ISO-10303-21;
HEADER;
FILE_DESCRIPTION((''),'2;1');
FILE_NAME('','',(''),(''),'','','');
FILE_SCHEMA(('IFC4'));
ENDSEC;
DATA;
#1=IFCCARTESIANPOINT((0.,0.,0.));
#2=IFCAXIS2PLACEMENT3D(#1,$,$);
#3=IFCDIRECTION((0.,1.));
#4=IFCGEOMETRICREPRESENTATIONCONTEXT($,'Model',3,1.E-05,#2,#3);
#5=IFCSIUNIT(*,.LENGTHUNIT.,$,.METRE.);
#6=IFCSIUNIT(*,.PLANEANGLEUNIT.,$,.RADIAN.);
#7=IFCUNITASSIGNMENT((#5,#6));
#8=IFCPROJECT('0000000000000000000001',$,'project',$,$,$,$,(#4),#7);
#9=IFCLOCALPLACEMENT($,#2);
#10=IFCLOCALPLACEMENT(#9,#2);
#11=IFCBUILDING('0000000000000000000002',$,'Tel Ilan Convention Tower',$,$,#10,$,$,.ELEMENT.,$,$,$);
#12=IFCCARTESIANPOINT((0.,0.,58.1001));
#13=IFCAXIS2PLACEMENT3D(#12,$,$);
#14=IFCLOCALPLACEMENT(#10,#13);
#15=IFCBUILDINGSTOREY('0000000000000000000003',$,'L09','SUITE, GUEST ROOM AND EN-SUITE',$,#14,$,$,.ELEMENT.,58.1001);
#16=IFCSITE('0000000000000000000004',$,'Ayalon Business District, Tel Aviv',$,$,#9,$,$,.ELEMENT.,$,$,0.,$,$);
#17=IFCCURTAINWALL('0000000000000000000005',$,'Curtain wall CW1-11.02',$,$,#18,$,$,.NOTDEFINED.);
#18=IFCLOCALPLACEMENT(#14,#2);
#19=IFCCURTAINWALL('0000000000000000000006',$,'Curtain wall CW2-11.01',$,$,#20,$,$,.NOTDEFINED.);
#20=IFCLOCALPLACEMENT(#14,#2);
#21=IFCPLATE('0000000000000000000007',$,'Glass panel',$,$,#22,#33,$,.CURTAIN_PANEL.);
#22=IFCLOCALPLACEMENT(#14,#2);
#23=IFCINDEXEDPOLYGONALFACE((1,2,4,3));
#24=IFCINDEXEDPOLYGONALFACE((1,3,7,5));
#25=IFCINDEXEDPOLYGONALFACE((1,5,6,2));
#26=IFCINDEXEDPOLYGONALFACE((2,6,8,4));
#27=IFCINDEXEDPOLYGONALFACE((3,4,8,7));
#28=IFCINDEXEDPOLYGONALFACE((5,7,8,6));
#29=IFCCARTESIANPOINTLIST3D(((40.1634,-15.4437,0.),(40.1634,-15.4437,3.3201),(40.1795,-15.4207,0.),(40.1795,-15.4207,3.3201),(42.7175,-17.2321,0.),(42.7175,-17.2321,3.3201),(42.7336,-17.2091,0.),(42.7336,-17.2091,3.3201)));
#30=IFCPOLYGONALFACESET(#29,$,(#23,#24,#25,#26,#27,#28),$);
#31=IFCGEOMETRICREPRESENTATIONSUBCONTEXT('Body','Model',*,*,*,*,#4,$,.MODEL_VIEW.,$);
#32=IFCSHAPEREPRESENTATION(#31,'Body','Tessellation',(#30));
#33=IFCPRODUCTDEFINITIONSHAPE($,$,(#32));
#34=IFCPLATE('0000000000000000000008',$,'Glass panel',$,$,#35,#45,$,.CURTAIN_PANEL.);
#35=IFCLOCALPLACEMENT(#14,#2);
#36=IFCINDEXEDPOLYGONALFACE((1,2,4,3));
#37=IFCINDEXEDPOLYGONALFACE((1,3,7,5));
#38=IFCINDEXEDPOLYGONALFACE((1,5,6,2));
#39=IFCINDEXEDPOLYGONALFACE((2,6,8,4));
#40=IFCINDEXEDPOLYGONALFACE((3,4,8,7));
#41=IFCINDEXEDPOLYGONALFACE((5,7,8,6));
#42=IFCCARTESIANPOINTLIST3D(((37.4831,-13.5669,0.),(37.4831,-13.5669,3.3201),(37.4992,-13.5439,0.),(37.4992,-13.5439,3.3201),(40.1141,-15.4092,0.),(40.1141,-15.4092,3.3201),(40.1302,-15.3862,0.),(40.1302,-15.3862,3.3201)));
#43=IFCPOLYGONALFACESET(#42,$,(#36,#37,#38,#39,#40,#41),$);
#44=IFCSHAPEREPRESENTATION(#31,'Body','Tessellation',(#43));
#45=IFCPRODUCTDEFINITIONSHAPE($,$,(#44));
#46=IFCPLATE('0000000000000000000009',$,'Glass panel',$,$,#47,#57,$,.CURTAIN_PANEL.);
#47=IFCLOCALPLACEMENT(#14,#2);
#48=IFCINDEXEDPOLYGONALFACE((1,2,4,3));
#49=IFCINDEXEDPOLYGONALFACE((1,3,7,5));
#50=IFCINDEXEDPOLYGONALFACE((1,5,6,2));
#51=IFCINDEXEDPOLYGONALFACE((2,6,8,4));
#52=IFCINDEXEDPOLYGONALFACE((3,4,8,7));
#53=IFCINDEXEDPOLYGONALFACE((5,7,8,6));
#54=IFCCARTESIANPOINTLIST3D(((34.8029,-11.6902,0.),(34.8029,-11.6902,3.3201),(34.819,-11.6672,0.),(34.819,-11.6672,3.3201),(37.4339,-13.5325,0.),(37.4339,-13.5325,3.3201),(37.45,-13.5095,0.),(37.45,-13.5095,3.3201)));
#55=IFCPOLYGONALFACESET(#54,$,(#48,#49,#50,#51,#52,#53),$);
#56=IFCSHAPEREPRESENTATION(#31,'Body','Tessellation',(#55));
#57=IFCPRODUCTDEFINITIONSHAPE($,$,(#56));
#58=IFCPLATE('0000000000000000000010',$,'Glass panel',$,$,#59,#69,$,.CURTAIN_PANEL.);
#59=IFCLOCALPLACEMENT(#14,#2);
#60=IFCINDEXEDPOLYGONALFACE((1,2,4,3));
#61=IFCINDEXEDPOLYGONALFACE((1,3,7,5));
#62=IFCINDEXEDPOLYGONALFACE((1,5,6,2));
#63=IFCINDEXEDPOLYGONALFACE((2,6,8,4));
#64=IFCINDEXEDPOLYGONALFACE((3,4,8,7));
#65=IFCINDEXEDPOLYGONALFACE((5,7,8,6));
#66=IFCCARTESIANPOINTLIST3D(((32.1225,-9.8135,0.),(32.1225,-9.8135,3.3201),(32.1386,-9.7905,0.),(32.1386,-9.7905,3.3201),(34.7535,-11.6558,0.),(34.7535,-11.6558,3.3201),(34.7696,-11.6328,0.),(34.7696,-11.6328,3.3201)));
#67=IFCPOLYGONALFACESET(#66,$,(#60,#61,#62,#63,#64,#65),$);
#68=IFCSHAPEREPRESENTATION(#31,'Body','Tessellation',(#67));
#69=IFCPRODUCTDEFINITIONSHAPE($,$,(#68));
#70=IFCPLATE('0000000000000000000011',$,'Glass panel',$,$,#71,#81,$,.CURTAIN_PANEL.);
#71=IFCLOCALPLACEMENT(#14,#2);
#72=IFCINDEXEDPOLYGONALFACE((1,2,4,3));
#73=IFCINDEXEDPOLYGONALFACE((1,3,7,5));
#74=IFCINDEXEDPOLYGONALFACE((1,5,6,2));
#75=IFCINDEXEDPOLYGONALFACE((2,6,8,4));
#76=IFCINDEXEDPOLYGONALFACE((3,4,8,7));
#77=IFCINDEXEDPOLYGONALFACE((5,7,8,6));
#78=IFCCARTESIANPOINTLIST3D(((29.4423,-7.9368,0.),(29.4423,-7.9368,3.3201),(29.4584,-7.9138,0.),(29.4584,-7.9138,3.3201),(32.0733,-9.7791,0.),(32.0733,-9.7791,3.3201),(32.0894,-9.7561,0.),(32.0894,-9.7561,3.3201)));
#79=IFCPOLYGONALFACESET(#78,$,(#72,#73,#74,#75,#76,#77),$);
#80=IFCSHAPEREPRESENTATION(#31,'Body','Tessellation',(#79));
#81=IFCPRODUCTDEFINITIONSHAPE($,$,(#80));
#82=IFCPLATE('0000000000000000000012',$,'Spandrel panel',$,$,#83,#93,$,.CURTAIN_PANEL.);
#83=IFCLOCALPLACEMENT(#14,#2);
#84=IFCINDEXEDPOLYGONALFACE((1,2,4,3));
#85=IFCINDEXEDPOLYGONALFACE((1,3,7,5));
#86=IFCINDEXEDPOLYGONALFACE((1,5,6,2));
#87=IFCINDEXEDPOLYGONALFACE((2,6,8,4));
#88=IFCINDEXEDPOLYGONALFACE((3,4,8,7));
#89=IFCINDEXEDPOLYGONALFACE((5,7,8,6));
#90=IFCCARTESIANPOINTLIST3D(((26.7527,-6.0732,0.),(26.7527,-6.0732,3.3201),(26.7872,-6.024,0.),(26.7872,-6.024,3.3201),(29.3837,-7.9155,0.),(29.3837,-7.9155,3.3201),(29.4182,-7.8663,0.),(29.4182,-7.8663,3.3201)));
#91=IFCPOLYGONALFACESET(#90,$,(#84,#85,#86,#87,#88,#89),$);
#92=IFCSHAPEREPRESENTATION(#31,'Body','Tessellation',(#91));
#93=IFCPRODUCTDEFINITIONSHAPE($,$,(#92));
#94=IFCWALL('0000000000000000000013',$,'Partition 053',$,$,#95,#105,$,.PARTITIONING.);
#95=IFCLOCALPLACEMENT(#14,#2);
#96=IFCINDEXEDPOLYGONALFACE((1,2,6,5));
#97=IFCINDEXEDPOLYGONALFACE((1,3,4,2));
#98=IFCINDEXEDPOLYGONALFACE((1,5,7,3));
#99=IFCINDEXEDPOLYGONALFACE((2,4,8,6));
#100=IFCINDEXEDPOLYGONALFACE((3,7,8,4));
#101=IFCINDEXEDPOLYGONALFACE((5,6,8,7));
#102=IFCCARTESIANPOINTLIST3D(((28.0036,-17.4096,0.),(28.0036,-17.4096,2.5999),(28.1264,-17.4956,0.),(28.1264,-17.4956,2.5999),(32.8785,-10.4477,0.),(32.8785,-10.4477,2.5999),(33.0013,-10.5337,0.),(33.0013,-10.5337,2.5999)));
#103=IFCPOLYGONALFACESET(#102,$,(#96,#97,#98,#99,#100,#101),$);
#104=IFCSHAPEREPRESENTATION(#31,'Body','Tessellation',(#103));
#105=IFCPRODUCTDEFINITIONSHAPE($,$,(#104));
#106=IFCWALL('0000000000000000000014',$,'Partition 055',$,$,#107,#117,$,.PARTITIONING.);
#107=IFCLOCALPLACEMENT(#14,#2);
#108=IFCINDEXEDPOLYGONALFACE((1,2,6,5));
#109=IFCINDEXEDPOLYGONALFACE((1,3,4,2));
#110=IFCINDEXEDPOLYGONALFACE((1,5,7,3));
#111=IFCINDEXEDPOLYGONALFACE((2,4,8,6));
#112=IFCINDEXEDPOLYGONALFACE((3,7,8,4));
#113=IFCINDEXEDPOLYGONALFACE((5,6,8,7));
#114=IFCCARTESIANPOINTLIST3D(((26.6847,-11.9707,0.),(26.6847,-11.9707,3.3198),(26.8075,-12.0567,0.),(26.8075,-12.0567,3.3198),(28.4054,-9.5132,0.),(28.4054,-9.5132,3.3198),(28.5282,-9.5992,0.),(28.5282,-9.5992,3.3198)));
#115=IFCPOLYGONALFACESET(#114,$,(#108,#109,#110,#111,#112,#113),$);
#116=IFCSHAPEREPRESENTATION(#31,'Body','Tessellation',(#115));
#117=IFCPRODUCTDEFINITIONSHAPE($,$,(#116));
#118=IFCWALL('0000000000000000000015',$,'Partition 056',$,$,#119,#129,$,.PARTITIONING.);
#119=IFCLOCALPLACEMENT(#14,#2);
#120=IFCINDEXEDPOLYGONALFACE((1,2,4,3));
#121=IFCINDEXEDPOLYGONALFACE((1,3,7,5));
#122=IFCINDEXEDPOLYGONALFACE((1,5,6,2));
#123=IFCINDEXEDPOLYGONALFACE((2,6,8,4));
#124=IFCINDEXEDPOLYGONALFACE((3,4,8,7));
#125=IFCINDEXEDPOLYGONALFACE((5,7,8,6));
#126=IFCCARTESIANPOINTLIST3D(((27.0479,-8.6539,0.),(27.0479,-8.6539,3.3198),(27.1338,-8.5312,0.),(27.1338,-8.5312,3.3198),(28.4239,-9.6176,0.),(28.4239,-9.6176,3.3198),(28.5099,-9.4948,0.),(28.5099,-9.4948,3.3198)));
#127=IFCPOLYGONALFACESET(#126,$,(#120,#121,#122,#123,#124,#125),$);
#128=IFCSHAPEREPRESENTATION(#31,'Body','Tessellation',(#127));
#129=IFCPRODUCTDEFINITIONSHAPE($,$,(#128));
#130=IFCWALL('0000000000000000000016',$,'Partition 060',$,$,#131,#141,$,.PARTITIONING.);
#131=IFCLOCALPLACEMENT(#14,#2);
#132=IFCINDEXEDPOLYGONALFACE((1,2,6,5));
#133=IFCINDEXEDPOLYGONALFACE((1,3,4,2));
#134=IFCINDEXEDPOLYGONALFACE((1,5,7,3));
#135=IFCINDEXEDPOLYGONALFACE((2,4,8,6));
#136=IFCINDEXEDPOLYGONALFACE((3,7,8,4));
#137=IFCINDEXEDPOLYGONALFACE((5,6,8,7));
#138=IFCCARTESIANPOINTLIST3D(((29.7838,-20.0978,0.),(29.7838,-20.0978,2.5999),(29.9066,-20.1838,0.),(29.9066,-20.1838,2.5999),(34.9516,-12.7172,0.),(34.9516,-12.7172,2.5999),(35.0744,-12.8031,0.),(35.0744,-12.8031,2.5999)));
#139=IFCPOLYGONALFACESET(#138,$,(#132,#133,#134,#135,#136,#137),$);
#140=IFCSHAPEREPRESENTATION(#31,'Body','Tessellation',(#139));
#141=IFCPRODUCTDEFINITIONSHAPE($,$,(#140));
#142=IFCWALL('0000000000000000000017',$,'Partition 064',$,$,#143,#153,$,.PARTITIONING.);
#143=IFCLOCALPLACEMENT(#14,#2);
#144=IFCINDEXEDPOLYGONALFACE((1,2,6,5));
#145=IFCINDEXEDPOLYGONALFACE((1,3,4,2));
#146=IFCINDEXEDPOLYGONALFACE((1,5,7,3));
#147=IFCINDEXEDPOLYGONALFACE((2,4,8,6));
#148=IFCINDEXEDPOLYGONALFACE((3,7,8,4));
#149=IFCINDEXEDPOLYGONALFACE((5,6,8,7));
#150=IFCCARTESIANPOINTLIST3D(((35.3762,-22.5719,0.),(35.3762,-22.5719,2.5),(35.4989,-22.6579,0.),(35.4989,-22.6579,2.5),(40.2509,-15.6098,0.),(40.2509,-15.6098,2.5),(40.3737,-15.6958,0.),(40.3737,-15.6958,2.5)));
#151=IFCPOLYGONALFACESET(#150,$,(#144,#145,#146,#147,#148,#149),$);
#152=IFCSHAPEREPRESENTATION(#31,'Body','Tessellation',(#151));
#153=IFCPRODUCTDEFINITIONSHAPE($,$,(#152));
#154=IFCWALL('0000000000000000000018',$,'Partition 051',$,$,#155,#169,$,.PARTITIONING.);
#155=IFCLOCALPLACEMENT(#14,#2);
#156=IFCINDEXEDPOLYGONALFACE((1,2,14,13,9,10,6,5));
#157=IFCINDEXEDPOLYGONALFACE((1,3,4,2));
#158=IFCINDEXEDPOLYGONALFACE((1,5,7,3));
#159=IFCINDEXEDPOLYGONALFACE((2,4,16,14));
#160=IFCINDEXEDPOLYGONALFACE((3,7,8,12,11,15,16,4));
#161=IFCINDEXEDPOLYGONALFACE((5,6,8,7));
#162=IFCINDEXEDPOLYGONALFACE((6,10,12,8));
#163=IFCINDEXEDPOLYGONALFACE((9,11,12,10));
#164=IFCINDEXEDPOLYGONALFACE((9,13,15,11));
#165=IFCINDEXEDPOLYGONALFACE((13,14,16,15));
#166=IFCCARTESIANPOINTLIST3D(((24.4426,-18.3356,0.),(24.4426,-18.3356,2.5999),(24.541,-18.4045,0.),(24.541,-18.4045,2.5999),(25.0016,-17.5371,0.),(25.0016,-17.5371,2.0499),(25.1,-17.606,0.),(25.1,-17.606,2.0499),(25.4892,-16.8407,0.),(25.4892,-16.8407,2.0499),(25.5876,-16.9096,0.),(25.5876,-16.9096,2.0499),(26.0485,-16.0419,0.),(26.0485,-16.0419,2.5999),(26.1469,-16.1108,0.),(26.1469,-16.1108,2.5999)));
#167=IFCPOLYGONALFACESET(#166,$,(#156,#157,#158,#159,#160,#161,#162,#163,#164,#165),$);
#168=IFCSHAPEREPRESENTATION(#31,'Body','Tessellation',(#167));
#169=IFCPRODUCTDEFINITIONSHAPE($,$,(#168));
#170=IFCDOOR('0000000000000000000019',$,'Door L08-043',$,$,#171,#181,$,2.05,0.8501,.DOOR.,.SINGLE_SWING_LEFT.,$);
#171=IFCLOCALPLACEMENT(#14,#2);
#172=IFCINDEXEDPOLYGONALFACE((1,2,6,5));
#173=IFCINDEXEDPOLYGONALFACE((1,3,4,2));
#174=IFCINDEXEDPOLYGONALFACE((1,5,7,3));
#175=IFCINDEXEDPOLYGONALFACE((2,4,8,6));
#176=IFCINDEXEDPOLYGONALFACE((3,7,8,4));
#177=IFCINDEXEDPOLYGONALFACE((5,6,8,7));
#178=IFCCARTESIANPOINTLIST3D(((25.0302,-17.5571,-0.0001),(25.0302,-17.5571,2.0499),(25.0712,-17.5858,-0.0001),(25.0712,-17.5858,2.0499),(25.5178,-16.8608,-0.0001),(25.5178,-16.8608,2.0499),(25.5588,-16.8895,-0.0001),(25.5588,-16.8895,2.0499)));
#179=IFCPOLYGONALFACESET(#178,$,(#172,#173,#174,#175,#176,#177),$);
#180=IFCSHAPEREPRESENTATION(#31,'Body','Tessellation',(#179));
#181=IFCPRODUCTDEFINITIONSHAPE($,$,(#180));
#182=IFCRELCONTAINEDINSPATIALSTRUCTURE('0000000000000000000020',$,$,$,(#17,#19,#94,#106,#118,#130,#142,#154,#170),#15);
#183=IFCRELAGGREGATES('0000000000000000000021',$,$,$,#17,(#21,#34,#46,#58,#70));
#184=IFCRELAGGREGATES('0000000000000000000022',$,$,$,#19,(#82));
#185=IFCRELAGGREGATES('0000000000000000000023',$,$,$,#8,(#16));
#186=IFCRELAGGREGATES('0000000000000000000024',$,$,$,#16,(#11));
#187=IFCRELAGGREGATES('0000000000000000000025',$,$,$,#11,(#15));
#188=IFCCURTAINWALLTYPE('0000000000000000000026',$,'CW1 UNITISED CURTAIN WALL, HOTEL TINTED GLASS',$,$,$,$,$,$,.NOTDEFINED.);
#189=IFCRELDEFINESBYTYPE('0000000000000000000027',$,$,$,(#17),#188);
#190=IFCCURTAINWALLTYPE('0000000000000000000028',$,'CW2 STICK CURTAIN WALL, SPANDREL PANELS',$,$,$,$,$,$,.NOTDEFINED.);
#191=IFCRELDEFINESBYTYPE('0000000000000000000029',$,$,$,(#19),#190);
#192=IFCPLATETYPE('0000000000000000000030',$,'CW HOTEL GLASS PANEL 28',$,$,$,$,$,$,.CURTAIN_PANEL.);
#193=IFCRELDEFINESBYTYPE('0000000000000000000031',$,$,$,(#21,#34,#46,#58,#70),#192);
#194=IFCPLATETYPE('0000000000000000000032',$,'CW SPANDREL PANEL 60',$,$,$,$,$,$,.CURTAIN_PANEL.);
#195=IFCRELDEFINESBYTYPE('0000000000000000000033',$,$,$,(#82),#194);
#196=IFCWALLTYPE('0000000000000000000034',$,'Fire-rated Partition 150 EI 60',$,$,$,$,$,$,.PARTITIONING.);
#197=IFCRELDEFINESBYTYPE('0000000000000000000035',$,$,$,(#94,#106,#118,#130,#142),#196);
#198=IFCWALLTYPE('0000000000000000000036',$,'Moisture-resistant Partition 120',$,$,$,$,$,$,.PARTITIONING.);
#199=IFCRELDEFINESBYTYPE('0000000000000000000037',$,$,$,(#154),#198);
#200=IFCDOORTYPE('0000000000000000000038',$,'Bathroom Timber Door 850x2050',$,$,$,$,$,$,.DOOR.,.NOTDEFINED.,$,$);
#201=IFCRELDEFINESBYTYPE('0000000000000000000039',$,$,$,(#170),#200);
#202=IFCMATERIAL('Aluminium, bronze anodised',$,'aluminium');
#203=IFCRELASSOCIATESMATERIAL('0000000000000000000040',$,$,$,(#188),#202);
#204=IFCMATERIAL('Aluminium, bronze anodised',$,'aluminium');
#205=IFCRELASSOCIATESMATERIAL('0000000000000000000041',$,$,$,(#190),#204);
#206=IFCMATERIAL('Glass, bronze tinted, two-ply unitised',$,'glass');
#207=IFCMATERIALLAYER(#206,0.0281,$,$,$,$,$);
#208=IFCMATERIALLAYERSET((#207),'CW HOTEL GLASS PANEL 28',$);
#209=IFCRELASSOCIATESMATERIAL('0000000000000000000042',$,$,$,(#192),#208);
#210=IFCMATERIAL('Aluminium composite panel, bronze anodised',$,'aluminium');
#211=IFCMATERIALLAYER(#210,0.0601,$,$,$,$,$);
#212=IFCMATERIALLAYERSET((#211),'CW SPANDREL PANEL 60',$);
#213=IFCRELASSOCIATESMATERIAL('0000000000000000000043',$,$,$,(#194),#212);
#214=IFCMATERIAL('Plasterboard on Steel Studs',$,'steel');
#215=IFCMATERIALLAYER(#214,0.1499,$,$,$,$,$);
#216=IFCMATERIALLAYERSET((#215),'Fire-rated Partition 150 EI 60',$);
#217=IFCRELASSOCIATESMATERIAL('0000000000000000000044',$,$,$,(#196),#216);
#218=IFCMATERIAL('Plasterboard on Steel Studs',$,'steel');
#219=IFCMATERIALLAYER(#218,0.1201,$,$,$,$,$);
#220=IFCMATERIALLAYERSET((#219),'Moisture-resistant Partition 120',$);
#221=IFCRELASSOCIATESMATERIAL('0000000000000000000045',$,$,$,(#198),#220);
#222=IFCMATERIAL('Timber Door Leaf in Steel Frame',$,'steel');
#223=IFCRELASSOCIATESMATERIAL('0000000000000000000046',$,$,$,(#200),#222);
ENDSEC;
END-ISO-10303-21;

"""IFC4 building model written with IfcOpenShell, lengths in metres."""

from ifc_helpers import new_model, si_unit, direction, frame, frame_2d, origin, origin_2d, place, context, subcontext, project, spatial, rectangle, extrude, material, layer, layer_set, type_object, element, fill, aggregate, save


model = new_model("IFC4")

# Units and contexts
model_context = context("Model", 3, precision=1e-05, world=origin(), true_north=direction((0.0, 1.0)))
body_context = subcontext(model_context, "Body", "Model", "MODEL_VIEW")
ifc_project = project(units=[si_unit("LENGTHUNIT", "METRE"), si_unit("PLANEANGLEUNIT", "RADIAN")], contexts=[model_context])

# Site, building, storey
site_placement = place(None, origin())
site = spatial("IfcSite", under=ifc_project, at=site_placement, Name="Ayalon Business District, Tel Aviv", CompositionType="ELEMENT", RefElevation=0.0)
building_placement = place(site_placement, origin())
building = spatial("IfcBuilding", under=site, at=building_placement, Name="Tel Ilan Convention Tower", CompositionType="ELEMENT")
storey_placement = place(building_placement, frame((0.0, 0.0, 58.1001)))
storey = spatial("IfcBuildingStorey", under=building, at=storey_placement, Name="L09", Description="SUITE, GUEST ROOM AND EN-SUITE", CompositionType="ELEMENT", Elevation=58.1001)

# Curtain wall
ifc_material_1 = material(Name="Aluminium, bronze anodised", Category="aluminium")
curtain_wall_type_1 = type_object("IfcCurtainWallType", Name="CW1 UNITISED CURTAIN WALL, HOTEL TINTED GLASS", PredefinedType="NOTDEFINED", material=ifc_material_1)
curtain_wall_1_placement = place(storey_placement, origin())
curtain_wall_1 = element("IfcCurtainWall", 1, at=curtain_wall_1_placement, inside=storey, type_object=curtain_wall_type_1, Name="Curtain wall CW1-11.02", PredefinedType="NOTDEFINED")

# Curtain wall
ifc_material_2 = material(Name="Aluminium, bronze anodised", Category="aluminium")
curtain_wall_type_2 = type_object("IfcCurtainWallType", Name="CW2 STICK CURTAIN WALL, SPANDREL PANELS", PredefinedType="NOTDEFINED", material=ifc_material_2)
curtain_wall_2_placement = place(storey_placement, origin())
curtain_wall_2 = element("IfcCurtainWall", 2, at=curtain_wall_2_placement, inside=storey, type_object=curtain_wall_type_2, Name="Curtain wall CW2-11.01", PredefinedType="NOTDEFINED")

# Plates
ifc_material_3 = material(Name="Glass, bronze tinted, two-ply unitised", Category="glass")
ifc_layer_1 = layer(ifc_material_3, 0.0281)
ifc_layer_set_1 = layer_set([ifc_layer_1], Name="CW HOTEL GLASS PANEL 28")
plate_type_1 = type_object("IfcPlateType", Name="CW HOTEL GLASS PANEL 28", PredefinedType="CURTAIN_PANEL", material=ifc_layer_set_1)
plate_1_placement = place(storey_placement, frame((41.4485, -16.3264, 0.0), z_axis=(0.0, 0.0, 1.0), x_axis=(-0.819152, 0.573576, 0.0)))
plate_1 = element("IfcPlate", 3, at=plate_1_placement, type_object=plate_type_1, Name="Glass panel", PredefinedType="CURTAIN_PANEL", context=body_context, shape_type="SweptSolid", body=[
    extrude(rectangle(XDim=3.1179, YDim=0.0281, at=origin_2d()), origin(), (0.0, 0.0, 1.0), 3.3201),
])
plate_2_placement = place(storey_placement, frame((38.8066, -14.4766, 0.0), z_axis=(0.0, 0.0, 1.0), x_axis=(-0.819152, 0.573576, 0.0)))
plate_2 = element("IfcPlate", 4, at=plate_2_placement, type_object=plate_type_1, Name="Glass panel", PredefinedType="CURTAIN_PANEL", context=body_context, shape_type="SweptSolid", body=[
    extrude(rectangle(XDim=3.2119, YDim=0.0281, at=origin_2d()), origin(), (0.0, 0.0, 1.0), 3.3201),
])
plate_3_placement = place(storey_placement, frame((36.1265, -12.5999, 0.0), z_axis=(0.0, 0.0, 1.0), x_axis=(-0.819152, 0.573576, 0.0)))
plate_3 = element("IfcPlate", 5, at=plate_3_placement, type_object=plate_type_1, Name="Glass panel", PredefinedType="CURTAIN_PANEL", context=body_context, shape_type="SweptSolid", body=[
    extrude(rectangle(XDim=3.2119, YDim=0.0281, at=origin_2d()), origin(), (0.0, 0.0, 1.0), 3.3201),
])
plate_4_placement = place(storey_placement, frame((33.446, -10.7231, 0.0), z_axis=(0.0, 0.0, 1.0), x_axis=(-0.819152, 0.573576, 0.0)))
plate_4 = element("IfcPlate", 6, at=plate_4_placement, type_object=plate_type_1, Name="Glass panel", PredefinedType="CURTAIN_PANEL", context=body_context, shape_type="SweptSolid", body=[
    extrude(rectangle(XDim=3.2119, YDim=0.0281, at=origin_2d()), origin(), (0.0, 0.0, 1.0), 3.3201),
])
plate_5_placement = place(storey_placement, frame((30.7659, -8.8464, 0.0), z_axis=(0.0, 0.0, 1.0), x_axis=(-0.819152, 0.573576, 0.0)))
plate_5 = element("IfcPlate", 7, at=plate_5_placement, type_object=plate_type_1, Name="Glass panel", PredefinedType="CURTAIN_PANEL", context=body_context, shape_type="SweptSolid", body=[
    extrude(rectangle(XDim=3.2119, YDim=0.0281, at=origin_2d()), origin(), (0.0, 0.0, 1.0), 3.3201),
])
aggregate(curtain_wall_1, [plate_1, plate_2, plate_3, plate_4, plate_5])
ifc_material_4 = material(Name="Aluminium composite panel, bronze anodised", Category="aluminium")
ifc_layer_2 = layer(ifc_material_4, 0.0601)
ifc_layer_set_2 = layer_set([ifc_layer_2], Name="CW SPANDREL PANEL 60")
plate_type_2 = type_object("IfcPlateType", Name="CW SPANDREL PANEL 60", PredefinedType="CURTAIN_PANEL", material=ifc_layer_set_2)
plate_6_placement = place(storey_placement, frame((28.0854, -6.9697, 0.0), z_axis=(0.0, 0.0, 1.0), x_axis=(-0.819152, 0.573576, 0.0)))
plate_6 = element("IfcPlate", 8, at=plate_6_placement, type_object=plate_type_2, Name="Spandrel panel", PredefinedType="CURTAIN_PANEL", context=body_context, shape_type="SweptSolid", body=[
    extrude(rectangle(XDim=3.2119, YDim=0.0601, at=origin_2d()), origin(), (0.0, 0.0, 1.0), 3.3201),
])
aggregate(curtain_wall_2, [plate_6])

# Walls
ifc_material_5 = material(Name="Plasterboard on Steel Studs", Category="steel")
ifc_layer_3 = layer(ifc_material_5, 0.1499)
ifc_layer_set_3 = layer_set([ifc_layer_3], Name="Fire-rated Partition 150 EI 60")
wall_type_1 = type_object("IfcWallType", Name="Fire-rated Partition 150 EI 60", PredefinedType="PARTITIONING", material=ifc_layer_set_3)
wall_1_placement = place(storey_placement, frame((32.9399, -10.4907, 0.0), z_axis=(0.0, 0.0, 1.0), x_axis=(-0.573593, -0.81914, 0.0)))
element("IfcWall", 9, at=wall_1_placement, inside=storey, type_object=wall_type_1, Name="Partition 053", PredefinedType="PARTITIONING", context=body_context, shape_type="SweptSolid", body=[
    extrude(rectangle(XDim=8.499, YDim=0.1499, at=frame_2d((4.2495, 0.0))), origin(), (0.0, 0.0, 1.0), 2.5999),
])
wall_2_placement = place(storey_placement, frame((26.7461, -12.0137, 0.0), z_axis=(0.0, 0.0, 1.0), x_axis=(0.573561, 0.819163, 0.0)))
element("IfcWall", 10, at=wall_2_placement, inside=storey, type_object=wall_type_1, Name="Partition 055", PredefinedType="PARTITIONING", context=body_context, shape_type="SweptSolid", body=[
    extrude(rectangle(XDim=3.0, YDim=0.1499, at=frame_2d((1.5, 0.0))), origin(), (0.0, 0.0, 1.0), 3.3198),
])
wall_3_placement = place(storey_placement, frame((28.4668, -9.5562, 0.0), z_axis=(0.0, 0.0, 1.0), x_axis=(-0.819109, 0.573638, 0.0)))
element("IfcWall", 11, at=wall_3_placement, inside=storey, type_object=wall_type_1, Name="Partition 056", PredefinedType="PARTITIONING", context=body_context, shape_type="SweptSolid", body=[
    extrude(rectangle(XDim=1.6799, YDim=0.1499, at=frame_2d((0.8398, 0.0))), origin(), (0.0, 0.0, 1.0), 3.3198),
])
wall_4_placement = place(storey_placement, frame((35.0129, -12.7603, 0.0), z_axis=(0.0, 0.0, 1.0), x_axis=(-0.573559, -0.819164, 0.0)))
element("IfcWall", 12, at=wall_4_placement, inside=storey, type_object=wall_type_1, Name="Partition 060", PredefinedType="PARTITIONING", context=body_context, shape_type="SweptSolid", body=[
    extrude(rectangle(XDim=9.01, YDim=0.1499, at=frame_2d((4.5049, 0.0))), origin(), (0.0, 0.0, 1.0), 2.5999),
])
wall_5_placement = place(storey_placement, frame((40.3123, -15.6528, 0.0), z_axis=(0.0, 0.0, 1.0), x_axis=(-0.573561, -0.819163, 0.0)))
element("IfcWall", 13, at=wall_5_placement, inside=storey, type_object=wall_type_1, Name="Partition 064", PredefinedType="PARTITIONING", context=body_context, shape_type="SweptSolid", body=[
    extrude(rectangle(XDim=8.499, YDim=0.1499, at=frame_2d((4.2495, 0.0))), origin(), (0.0, 0.0, 1.0), 2.5),
])

# Wall, opening, door
ifc_material_6 = material(Name="Plasterboard on Steel Studs", Category="steel")
ifc_layer_4 = layer(ifc_material_6, 0.1201)
ifc_layer_set_4 = layer_set([ifc_layer_4], Name="Moisture-resistant Partition 120")
wall_type_2 = type_object("IfcWallType", Name="Moisture-resistant Partition 120", PredefinedType="PARTITIONING", material=ifc_layer_set_4)
wall_6_placement = place(storey_placement, frame((26.0977, -16.0764, 0.0), z_axis=(0.0, 0.0, 1.0), x_axis=(-0.57355, -0.81917, 0.0)))
wall_6 = element("IfcWall", 14, at=wall_6_placement, inside=storey, type_object=wall_type_2, Name="Partition 051", PredefinedType="PARTITIONING", context=body_context, shape_type="SweptSolid", body=[
    extrude(rectangle(XDim=2.8, YDim=0.1201, at=frame_2d((1.3999, 0.0))), origin(), (0.0, 0.0, 1.0), 2.5999),
])
opening_placement = place(wall_6_placement, frame((0.9751, 0.0, 0.0)))
opening = element("IfcOpeningElement", 15, at=opening_placement, cuts=wall_6, PredefinedType="OPENING", context=body_context, shape_type="SweptSolid", body=[
    extrude(rectangle(XDim=0.8501, YDim=2.05, at=frame_2d((0.425, 1.0249))), frame((0.0, 0.0701, 0.0), z_axis=(0.0, -1.0, 0.0), x_axis=(1.0, 0.0, 0.0)), (0.0, 0.0, 1.0), 0.1401),
])
ifc_material_7 = material(Name="Timber Door Leaf in Steel Frame", Category="steel")
door_type = type_object("IfcDoorType", Name="Bathroom Timber Door 850x2050", OperationType="NOTDEFINED", PredefinedType="DOOR", material=ifc_material_7)
door_placement = place(opening_placement, origin())
door = element("IfcDoor", 16, at=door_placement, inside=storey, type_object=door_type, Name="Door L08-043", OperationType="SINGLE_SWING_LEFT", OverallHeight=2.05, OverallWidth=0.8501, PredefinedType="DOOR", context=body_context, shape_type="SweptSolid", body=[
    extrude(rectangle(XDim=0.8501, YDim=2.05, at=frame_2d((0.425, 1.0249))), frame((0.0, 0.0249, 0.0), z_axis=(0.0, -1.0, 0.0), x_axis=(1.0, 0.0, 0.0)), (0.0, 0.0, 1.0), 0.05),
])
fill(opening, door)

save(model, "model.ifc")
